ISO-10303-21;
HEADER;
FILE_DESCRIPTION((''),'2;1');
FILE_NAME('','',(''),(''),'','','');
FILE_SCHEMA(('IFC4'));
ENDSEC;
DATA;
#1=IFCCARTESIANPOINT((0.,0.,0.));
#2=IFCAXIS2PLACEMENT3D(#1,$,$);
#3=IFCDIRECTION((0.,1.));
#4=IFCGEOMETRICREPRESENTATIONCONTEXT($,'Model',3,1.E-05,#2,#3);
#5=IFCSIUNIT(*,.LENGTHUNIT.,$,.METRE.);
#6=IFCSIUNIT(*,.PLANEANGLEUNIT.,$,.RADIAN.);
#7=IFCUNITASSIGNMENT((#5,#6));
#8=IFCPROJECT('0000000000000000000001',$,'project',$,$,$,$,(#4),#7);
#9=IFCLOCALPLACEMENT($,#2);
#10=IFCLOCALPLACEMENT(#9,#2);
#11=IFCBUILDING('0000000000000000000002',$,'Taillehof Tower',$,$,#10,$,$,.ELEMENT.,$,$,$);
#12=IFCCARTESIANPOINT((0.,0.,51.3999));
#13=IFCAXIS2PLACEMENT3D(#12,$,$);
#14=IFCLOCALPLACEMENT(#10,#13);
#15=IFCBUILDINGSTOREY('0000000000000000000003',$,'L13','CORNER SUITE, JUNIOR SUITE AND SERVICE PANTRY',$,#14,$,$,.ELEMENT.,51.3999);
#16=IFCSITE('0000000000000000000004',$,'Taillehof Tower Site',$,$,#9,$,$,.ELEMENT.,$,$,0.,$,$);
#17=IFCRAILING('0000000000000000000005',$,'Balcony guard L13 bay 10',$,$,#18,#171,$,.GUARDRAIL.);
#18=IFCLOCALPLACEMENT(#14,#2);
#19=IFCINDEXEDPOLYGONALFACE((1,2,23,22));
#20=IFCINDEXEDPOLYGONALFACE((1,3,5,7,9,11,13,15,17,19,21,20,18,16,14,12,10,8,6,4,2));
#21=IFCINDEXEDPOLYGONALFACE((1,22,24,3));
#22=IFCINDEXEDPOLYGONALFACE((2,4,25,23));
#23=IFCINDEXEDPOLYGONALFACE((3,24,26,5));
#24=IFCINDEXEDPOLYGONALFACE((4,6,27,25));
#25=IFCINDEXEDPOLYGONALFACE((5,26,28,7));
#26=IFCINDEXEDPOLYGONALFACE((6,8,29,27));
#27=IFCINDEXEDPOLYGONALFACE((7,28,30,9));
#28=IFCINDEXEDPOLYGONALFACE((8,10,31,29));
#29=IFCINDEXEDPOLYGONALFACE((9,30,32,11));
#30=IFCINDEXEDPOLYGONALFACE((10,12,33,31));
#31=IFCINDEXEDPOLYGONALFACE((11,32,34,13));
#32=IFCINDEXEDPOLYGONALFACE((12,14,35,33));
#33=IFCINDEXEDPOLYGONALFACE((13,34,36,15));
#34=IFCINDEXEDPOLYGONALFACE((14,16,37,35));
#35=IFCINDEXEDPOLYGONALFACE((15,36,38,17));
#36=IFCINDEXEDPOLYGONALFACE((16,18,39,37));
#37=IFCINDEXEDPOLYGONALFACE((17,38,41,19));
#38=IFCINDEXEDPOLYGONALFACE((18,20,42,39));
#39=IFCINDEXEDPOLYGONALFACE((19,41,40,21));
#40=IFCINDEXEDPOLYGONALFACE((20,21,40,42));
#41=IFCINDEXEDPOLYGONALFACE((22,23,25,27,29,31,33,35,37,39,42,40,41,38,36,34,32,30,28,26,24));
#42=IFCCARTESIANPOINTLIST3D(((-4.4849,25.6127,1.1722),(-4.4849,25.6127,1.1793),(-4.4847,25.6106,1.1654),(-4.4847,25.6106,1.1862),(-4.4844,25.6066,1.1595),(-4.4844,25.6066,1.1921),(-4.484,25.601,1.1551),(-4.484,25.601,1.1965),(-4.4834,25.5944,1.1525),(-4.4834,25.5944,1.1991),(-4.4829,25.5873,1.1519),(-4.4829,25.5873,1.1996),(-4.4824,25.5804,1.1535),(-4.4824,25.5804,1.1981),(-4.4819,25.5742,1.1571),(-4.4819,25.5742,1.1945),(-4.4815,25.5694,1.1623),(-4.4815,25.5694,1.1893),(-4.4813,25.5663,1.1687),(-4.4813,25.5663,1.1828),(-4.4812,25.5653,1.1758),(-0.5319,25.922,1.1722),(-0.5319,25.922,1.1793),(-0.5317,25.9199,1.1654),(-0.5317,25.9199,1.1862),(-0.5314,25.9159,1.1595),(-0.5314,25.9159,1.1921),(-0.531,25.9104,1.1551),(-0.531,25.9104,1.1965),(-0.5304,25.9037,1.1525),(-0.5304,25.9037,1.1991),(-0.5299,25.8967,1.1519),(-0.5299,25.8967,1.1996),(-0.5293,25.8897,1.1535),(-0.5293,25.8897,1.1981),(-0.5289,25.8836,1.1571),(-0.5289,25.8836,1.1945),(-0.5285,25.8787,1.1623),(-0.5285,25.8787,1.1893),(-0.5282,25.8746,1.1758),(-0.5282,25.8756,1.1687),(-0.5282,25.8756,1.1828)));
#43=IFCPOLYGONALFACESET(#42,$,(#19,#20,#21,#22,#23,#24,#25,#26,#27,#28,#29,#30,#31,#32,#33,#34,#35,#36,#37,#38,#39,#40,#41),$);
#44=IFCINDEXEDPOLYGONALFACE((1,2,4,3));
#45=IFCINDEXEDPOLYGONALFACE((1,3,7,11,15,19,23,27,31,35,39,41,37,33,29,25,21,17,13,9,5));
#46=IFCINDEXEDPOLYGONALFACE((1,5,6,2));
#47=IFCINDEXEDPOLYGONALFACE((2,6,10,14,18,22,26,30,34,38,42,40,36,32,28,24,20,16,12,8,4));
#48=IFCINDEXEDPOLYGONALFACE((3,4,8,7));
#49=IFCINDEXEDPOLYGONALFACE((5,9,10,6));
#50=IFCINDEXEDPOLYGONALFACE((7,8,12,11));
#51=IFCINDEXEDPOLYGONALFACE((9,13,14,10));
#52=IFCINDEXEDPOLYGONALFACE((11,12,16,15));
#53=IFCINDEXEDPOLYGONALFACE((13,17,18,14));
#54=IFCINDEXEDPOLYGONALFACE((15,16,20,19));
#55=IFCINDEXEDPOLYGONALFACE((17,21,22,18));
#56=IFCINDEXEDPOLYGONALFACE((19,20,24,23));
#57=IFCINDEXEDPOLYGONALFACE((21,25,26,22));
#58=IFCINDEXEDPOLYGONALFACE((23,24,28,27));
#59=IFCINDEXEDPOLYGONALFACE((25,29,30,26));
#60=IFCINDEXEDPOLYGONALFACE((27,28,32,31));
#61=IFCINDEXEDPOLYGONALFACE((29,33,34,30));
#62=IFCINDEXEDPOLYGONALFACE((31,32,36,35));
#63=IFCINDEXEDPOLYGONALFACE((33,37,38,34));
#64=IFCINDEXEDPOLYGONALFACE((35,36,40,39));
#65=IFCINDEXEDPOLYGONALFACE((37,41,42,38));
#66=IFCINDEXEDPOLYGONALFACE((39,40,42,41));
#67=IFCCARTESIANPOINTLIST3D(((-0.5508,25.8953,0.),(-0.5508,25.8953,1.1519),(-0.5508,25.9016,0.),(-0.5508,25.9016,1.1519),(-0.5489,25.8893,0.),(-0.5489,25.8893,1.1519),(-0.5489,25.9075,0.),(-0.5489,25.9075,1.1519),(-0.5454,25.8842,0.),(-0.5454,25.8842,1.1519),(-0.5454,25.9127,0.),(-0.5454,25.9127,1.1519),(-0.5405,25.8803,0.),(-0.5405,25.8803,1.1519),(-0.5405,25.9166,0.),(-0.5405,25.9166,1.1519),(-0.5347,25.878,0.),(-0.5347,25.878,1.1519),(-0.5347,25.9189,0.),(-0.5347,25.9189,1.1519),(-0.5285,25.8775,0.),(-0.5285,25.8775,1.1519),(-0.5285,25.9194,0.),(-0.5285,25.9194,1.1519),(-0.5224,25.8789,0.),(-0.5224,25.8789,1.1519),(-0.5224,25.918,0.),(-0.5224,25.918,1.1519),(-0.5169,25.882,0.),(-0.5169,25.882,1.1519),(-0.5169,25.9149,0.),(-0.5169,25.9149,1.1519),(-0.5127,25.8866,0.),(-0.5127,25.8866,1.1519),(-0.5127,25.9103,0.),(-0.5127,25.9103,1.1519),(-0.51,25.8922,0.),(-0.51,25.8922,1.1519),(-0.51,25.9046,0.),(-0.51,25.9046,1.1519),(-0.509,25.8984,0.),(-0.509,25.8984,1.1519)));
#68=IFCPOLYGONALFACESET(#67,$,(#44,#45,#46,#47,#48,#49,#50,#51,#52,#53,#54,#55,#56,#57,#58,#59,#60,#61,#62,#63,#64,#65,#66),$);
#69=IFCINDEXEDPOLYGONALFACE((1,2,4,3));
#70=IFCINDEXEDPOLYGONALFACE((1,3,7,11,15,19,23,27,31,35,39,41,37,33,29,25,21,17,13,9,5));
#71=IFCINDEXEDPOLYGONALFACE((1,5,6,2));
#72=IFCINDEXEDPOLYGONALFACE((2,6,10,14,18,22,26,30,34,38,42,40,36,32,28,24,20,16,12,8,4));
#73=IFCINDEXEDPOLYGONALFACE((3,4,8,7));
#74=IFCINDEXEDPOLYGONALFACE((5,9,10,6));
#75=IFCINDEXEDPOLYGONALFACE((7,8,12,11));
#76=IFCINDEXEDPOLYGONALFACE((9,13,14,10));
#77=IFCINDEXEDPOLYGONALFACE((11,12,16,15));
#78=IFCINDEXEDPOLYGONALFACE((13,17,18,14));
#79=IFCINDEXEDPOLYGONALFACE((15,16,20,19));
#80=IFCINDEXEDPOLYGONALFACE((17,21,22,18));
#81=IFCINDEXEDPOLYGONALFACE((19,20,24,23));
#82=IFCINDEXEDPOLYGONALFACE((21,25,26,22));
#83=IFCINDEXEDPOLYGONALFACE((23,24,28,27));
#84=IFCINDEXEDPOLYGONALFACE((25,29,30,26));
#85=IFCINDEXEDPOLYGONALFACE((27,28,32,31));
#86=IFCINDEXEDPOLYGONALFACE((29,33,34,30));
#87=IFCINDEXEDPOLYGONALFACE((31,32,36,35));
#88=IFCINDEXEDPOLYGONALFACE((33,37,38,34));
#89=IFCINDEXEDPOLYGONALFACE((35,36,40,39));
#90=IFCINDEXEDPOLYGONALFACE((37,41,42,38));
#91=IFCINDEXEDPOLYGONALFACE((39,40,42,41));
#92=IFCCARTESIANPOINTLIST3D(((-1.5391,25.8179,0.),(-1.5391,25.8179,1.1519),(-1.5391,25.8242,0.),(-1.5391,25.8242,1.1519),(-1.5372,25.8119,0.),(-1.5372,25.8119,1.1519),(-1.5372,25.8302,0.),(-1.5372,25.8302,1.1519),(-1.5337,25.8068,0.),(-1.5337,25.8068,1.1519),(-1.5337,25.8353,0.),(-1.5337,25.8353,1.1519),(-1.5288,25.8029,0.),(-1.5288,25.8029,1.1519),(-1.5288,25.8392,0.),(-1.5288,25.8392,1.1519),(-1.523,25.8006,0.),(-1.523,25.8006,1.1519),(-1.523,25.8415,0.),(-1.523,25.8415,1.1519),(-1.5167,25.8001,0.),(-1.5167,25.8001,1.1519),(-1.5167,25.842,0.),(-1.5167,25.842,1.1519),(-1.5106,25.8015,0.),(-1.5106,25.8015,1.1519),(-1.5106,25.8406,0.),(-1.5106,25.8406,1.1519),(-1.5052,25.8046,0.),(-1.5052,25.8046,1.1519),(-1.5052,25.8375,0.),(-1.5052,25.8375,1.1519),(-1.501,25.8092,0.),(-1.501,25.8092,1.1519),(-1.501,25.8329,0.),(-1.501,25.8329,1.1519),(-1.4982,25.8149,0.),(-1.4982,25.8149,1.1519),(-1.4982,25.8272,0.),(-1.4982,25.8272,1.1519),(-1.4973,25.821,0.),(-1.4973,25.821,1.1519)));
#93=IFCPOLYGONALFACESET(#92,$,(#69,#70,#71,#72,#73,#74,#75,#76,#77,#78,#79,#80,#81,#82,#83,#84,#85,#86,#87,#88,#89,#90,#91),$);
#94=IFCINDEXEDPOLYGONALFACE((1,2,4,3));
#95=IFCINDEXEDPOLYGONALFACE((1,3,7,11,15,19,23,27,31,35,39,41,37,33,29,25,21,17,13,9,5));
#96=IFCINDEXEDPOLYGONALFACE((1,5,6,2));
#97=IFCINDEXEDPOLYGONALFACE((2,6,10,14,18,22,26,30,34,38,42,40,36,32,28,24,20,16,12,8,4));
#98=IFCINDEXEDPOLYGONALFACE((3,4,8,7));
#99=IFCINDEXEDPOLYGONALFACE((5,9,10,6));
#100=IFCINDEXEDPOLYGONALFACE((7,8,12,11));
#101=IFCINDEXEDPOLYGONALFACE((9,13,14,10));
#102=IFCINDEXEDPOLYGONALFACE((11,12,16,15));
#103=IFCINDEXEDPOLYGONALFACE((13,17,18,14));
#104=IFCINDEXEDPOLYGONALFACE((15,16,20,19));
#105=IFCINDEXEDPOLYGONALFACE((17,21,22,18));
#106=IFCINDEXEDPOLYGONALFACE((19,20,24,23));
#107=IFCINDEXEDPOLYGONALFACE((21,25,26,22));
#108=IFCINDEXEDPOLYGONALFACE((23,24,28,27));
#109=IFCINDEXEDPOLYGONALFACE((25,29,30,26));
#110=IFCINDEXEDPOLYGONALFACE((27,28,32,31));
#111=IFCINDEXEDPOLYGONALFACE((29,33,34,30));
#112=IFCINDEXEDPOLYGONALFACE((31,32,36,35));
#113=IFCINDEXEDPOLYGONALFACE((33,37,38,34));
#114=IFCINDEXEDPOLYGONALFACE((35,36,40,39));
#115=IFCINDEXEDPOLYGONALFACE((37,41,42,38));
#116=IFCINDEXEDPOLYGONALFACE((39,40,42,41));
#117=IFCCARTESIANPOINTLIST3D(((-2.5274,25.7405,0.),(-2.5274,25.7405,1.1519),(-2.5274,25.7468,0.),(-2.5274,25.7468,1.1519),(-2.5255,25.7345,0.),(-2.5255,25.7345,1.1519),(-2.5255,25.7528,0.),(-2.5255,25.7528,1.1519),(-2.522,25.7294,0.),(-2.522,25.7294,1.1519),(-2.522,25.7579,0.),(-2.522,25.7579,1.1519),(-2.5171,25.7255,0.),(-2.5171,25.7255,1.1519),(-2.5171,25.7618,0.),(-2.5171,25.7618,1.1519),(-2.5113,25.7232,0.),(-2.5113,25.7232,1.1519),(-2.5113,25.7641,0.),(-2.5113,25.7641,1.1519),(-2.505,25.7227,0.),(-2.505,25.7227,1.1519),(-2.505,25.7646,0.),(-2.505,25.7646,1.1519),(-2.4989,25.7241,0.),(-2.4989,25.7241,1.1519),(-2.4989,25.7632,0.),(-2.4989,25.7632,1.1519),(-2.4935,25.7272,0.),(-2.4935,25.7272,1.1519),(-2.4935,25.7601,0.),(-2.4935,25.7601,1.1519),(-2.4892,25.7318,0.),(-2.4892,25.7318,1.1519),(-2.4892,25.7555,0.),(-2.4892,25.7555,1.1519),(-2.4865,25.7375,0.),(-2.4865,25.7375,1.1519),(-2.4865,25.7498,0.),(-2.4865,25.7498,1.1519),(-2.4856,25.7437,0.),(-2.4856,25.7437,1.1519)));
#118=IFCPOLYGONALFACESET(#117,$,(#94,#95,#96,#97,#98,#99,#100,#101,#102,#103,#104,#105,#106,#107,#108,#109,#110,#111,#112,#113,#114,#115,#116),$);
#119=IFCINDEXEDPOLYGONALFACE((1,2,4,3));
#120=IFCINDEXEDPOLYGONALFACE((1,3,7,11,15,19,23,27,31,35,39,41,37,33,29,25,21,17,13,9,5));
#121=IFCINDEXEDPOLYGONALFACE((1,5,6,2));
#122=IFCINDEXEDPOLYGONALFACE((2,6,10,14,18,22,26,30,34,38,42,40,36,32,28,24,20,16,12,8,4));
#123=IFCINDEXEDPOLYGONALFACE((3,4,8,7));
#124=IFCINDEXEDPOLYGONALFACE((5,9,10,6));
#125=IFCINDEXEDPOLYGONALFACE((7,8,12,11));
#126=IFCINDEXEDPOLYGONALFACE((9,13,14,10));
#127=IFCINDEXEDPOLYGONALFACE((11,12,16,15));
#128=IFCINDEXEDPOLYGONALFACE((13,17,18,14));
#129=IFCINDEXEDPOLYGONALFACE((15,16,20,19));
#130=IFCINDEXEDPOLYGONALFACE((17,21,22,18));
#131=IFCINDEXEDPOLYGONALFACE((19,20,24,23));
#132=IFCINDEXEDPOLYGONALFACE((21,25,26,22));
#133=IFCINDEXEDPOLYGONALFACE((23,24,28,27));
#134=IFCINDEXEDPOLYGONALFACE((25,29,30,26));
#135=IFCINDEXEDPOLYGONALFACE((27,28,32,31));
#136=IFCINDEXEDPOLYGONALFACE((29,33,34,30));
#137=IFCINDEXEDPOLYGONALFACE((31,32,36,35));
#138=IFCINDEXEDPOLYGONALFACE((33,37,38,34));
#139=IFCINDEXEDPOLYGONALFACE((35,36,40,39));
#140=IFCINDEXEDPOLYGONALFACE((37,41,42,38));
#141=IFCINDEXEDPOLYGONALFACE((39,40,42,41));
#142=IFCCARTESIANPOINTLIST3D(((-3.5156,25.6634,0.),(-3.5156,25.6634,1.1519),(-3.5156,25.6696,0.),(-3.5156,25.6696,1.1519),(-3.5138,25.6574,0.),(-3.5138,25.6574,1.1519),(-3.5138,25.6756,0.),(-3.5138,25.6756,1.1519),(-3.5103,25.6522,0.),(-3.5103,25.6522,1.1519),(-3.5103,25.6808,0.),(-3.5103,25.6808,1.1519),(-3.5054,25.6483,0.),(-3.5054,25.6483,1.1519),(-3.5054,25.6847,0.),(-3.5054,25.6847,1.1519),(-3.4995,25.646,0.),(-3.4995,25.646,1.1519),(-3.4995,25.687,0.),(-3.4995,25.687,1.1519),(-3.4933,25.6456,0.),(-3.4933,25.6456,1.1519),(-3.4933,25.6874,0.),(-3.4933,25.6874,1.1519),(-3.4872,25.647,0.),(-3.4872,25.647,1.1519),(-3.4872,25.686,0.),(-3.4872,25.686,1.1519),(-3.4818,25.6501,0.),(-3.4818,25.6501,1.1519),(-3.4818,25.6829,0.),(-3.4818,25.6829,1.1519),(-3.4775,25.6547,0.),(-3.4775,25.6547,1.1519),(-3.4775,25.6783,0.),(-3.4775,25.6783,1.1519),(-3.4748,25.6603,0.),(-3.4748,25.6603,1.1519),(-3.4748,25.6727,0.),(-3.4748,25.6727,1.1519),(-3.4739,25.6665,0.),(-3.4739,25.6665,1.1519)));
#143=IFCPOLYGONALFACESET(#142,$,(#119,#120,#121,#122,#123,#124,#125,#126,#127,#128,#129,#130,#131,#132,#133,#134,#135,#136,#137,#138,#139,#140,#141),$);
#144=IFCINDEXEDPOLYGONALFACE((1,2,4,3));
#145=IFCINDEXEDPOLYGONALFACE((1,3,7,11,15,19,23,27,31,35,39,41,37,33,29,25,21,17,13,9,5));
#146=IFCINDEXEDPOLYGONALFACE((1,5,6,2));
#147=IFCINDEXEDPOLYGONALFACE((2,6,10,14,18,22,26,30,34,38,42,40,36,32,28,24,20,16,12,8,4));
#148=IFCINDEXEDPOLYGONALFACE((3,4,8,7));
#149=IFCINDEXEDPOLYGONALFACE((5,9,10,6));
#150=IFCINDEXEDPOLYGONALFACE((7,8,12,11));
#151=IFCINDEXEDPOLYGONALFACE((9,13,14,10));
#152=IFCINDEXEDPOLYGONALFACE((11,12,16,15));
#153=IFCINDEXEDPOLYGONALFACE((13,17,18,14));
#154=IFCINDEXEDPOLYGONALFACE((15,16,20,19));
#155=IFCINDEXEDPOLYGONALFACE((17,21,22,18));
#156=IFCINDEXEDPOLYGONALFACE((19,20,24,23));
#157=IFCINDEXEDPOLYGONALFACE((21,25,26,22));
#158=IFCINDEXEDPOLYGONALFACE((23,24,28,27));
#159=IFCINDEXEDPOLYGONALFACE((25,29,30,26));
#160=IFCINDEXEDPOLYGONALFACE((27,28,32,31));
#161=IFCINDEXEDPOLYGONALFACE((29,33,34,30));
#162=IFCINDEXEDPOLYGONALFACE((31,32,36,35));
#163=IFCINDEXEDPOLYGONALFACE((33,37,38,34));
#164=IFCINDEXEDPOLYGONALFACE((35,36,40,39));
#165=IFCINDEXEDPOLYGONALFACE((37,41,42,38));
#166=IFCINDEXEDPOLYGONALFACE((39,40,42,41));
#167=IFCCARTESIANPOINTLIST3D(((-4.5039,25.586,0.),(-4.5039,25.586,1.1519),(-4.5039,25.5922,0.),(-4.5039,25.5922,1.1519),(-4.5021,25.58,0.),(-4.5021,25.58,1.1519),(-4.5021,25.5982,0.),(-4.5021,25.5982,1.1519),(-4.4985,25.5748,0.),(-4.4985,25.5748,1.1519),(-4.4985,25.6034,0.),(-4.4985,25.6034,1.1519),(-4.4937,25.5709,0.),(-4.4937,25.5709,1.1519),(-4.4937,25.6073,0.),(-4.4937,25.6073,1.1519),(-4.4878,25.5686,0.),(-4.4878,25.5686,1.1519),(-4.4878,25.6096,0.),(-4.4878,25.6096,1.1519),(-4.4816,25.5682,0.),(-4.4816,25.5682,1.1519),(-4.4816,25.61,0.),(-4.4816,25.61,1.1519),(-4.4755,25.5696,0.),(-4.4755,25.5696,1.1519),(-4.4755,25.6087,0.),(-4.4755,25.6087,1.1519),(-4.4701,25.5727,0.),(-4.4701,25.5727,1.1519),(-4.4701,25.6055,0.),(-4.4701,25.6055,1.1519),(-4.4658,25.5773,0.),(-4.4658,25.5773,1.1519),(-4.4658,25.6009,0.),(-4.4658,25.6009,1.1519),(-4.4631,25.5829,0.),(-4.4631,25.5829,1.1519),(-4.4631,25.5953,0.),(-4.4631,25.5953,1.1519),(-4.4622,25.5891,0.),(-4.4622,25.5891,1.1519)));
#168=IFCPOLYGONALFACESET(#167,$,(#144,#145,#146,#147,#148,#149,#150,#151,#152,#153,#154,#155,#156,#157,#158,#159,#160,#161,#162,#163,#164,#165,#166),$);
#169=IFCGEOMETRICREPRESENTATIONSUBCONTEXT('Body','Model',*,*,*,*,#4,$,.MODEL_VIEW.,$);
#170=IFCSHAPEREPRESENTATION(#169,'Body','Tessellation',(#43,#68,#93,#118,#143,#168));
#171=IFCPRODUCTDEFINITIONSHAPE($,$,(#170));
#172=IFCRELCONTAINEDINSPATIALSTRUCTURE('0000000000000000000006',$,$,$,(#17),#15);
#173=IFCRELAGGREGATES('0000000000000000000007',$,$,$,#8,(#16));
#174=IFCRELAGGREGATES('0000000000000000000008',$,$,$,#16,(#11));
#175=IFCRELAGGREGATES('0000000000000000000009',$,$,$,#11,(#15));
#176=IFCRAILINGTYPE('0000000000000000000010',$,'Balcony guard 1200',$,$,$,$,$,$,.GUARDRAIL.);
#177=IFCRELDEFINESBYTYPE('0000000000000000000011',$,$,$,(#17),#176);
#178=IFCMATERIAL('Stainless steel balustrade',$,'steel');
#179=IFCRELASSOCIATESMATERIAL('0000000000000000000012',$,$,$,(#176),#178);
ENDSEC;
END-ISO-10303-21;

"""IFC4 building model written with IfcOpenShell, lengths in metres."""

from ifc_helpers import new_model, si_unit, direction, frame, origin, origin_2d, place, context, subcontext, project, spatial, circle, extrude, material, type_object, element, save


model = new_model("IFC4")

# Units and contexts
model_context = context("Model", 3, precision=1e-05, world=origin(), true_north=direction((0.0, 1.0)))
body_context = subcontext(model_context, "Body", "Model", "MODEL_VIEW")
ifc_project = project(units=[si_unit("LENGTHUNIT", "METRE"), si_unit("PLANEANGLEUNIT", "RADIAN")], contexts=[model_context])

# Site, building, storey
site_placement = place(None, origin())
site = spatial("IfcSite", under=ifc_project, at=site_placement, Name="Taillehof Tower Site", CompositionType="ELEMENT", RefElevation=0.0)
building_placement = place(site_placement, origin())
building = spatial("IfcBuilding", under=site, at=building_placement, Name="Taillehof Tower", CompositionType="ELEMENT")
storey_placement = place(building_placement, frame((0.0, 0.0, 51.3999)))
storey = spatial("IfcBuildingStorey", under=building, at=storey_placement, Name="L13", Description="CORNER SUITE, JUNIOR SUITE AND SERVICE PANTRY", CompositionType="ELEMENT", Elevation=51.3999)

# Railing
ifc_material_1 = material(Name="Stainless steel balustrade", Category="steel")
railing_type = type_object("IfcRailingType", Name="Balcony guard 1200", PredefinedType="GUARDRAIL", material=ifc_material_1)
railing_1_placement = place(storey_placement, frame((-0.53, 25.8984, 0.0)))
element("IfcRailing", 1, at=railing_1_placement, inside=storey, type_object=railing_type, Name="Balcony guard L13 bay 10", PredefinedType="GUARDRAIL", context=body_context, shape_type="SweptSolid", body=[
    extrude(circle(Radius=0.0239, at=origin_2d()), frame((0.0, 0.0, 1.1758), z_axis=(-0.996953, -0.07801, 0.0), x_axis=(0.07801, -0.996953, 0.0)), (0.0, 0.0, 1.0), 3.9651),
    extrude(circle(Radius=0.021, at=origin_2d()), origin(), (0.0, 0.0, 1.0), 1.1519),
    extrude(circle(Radius=0.021, at=origin_2d()), frame((-0.9883, -0.0774, 0.0)), (0.0, 0.0, 1.0), 1.1519),
    extrude(circle(Radius=0.021, at=origin_2d()), frame((-1.9766, -0.1548, 0.0)), (0.0, 0.0, 1.0), 1.1519),
    extrude(circle(Radius=0.021, at=origin_2d()), frame((-2.9648, -0.2319, 0.0)), (0.0, 0.0, 1.0), 1.1519),
    extrude(circle(Radius=0.021, at=origin_2d()), frame((-3.9531, -0.3093, 0.0)), (0.0, 0.0, 1.0), 1.1519),
])

save(model, "model.ifc")
